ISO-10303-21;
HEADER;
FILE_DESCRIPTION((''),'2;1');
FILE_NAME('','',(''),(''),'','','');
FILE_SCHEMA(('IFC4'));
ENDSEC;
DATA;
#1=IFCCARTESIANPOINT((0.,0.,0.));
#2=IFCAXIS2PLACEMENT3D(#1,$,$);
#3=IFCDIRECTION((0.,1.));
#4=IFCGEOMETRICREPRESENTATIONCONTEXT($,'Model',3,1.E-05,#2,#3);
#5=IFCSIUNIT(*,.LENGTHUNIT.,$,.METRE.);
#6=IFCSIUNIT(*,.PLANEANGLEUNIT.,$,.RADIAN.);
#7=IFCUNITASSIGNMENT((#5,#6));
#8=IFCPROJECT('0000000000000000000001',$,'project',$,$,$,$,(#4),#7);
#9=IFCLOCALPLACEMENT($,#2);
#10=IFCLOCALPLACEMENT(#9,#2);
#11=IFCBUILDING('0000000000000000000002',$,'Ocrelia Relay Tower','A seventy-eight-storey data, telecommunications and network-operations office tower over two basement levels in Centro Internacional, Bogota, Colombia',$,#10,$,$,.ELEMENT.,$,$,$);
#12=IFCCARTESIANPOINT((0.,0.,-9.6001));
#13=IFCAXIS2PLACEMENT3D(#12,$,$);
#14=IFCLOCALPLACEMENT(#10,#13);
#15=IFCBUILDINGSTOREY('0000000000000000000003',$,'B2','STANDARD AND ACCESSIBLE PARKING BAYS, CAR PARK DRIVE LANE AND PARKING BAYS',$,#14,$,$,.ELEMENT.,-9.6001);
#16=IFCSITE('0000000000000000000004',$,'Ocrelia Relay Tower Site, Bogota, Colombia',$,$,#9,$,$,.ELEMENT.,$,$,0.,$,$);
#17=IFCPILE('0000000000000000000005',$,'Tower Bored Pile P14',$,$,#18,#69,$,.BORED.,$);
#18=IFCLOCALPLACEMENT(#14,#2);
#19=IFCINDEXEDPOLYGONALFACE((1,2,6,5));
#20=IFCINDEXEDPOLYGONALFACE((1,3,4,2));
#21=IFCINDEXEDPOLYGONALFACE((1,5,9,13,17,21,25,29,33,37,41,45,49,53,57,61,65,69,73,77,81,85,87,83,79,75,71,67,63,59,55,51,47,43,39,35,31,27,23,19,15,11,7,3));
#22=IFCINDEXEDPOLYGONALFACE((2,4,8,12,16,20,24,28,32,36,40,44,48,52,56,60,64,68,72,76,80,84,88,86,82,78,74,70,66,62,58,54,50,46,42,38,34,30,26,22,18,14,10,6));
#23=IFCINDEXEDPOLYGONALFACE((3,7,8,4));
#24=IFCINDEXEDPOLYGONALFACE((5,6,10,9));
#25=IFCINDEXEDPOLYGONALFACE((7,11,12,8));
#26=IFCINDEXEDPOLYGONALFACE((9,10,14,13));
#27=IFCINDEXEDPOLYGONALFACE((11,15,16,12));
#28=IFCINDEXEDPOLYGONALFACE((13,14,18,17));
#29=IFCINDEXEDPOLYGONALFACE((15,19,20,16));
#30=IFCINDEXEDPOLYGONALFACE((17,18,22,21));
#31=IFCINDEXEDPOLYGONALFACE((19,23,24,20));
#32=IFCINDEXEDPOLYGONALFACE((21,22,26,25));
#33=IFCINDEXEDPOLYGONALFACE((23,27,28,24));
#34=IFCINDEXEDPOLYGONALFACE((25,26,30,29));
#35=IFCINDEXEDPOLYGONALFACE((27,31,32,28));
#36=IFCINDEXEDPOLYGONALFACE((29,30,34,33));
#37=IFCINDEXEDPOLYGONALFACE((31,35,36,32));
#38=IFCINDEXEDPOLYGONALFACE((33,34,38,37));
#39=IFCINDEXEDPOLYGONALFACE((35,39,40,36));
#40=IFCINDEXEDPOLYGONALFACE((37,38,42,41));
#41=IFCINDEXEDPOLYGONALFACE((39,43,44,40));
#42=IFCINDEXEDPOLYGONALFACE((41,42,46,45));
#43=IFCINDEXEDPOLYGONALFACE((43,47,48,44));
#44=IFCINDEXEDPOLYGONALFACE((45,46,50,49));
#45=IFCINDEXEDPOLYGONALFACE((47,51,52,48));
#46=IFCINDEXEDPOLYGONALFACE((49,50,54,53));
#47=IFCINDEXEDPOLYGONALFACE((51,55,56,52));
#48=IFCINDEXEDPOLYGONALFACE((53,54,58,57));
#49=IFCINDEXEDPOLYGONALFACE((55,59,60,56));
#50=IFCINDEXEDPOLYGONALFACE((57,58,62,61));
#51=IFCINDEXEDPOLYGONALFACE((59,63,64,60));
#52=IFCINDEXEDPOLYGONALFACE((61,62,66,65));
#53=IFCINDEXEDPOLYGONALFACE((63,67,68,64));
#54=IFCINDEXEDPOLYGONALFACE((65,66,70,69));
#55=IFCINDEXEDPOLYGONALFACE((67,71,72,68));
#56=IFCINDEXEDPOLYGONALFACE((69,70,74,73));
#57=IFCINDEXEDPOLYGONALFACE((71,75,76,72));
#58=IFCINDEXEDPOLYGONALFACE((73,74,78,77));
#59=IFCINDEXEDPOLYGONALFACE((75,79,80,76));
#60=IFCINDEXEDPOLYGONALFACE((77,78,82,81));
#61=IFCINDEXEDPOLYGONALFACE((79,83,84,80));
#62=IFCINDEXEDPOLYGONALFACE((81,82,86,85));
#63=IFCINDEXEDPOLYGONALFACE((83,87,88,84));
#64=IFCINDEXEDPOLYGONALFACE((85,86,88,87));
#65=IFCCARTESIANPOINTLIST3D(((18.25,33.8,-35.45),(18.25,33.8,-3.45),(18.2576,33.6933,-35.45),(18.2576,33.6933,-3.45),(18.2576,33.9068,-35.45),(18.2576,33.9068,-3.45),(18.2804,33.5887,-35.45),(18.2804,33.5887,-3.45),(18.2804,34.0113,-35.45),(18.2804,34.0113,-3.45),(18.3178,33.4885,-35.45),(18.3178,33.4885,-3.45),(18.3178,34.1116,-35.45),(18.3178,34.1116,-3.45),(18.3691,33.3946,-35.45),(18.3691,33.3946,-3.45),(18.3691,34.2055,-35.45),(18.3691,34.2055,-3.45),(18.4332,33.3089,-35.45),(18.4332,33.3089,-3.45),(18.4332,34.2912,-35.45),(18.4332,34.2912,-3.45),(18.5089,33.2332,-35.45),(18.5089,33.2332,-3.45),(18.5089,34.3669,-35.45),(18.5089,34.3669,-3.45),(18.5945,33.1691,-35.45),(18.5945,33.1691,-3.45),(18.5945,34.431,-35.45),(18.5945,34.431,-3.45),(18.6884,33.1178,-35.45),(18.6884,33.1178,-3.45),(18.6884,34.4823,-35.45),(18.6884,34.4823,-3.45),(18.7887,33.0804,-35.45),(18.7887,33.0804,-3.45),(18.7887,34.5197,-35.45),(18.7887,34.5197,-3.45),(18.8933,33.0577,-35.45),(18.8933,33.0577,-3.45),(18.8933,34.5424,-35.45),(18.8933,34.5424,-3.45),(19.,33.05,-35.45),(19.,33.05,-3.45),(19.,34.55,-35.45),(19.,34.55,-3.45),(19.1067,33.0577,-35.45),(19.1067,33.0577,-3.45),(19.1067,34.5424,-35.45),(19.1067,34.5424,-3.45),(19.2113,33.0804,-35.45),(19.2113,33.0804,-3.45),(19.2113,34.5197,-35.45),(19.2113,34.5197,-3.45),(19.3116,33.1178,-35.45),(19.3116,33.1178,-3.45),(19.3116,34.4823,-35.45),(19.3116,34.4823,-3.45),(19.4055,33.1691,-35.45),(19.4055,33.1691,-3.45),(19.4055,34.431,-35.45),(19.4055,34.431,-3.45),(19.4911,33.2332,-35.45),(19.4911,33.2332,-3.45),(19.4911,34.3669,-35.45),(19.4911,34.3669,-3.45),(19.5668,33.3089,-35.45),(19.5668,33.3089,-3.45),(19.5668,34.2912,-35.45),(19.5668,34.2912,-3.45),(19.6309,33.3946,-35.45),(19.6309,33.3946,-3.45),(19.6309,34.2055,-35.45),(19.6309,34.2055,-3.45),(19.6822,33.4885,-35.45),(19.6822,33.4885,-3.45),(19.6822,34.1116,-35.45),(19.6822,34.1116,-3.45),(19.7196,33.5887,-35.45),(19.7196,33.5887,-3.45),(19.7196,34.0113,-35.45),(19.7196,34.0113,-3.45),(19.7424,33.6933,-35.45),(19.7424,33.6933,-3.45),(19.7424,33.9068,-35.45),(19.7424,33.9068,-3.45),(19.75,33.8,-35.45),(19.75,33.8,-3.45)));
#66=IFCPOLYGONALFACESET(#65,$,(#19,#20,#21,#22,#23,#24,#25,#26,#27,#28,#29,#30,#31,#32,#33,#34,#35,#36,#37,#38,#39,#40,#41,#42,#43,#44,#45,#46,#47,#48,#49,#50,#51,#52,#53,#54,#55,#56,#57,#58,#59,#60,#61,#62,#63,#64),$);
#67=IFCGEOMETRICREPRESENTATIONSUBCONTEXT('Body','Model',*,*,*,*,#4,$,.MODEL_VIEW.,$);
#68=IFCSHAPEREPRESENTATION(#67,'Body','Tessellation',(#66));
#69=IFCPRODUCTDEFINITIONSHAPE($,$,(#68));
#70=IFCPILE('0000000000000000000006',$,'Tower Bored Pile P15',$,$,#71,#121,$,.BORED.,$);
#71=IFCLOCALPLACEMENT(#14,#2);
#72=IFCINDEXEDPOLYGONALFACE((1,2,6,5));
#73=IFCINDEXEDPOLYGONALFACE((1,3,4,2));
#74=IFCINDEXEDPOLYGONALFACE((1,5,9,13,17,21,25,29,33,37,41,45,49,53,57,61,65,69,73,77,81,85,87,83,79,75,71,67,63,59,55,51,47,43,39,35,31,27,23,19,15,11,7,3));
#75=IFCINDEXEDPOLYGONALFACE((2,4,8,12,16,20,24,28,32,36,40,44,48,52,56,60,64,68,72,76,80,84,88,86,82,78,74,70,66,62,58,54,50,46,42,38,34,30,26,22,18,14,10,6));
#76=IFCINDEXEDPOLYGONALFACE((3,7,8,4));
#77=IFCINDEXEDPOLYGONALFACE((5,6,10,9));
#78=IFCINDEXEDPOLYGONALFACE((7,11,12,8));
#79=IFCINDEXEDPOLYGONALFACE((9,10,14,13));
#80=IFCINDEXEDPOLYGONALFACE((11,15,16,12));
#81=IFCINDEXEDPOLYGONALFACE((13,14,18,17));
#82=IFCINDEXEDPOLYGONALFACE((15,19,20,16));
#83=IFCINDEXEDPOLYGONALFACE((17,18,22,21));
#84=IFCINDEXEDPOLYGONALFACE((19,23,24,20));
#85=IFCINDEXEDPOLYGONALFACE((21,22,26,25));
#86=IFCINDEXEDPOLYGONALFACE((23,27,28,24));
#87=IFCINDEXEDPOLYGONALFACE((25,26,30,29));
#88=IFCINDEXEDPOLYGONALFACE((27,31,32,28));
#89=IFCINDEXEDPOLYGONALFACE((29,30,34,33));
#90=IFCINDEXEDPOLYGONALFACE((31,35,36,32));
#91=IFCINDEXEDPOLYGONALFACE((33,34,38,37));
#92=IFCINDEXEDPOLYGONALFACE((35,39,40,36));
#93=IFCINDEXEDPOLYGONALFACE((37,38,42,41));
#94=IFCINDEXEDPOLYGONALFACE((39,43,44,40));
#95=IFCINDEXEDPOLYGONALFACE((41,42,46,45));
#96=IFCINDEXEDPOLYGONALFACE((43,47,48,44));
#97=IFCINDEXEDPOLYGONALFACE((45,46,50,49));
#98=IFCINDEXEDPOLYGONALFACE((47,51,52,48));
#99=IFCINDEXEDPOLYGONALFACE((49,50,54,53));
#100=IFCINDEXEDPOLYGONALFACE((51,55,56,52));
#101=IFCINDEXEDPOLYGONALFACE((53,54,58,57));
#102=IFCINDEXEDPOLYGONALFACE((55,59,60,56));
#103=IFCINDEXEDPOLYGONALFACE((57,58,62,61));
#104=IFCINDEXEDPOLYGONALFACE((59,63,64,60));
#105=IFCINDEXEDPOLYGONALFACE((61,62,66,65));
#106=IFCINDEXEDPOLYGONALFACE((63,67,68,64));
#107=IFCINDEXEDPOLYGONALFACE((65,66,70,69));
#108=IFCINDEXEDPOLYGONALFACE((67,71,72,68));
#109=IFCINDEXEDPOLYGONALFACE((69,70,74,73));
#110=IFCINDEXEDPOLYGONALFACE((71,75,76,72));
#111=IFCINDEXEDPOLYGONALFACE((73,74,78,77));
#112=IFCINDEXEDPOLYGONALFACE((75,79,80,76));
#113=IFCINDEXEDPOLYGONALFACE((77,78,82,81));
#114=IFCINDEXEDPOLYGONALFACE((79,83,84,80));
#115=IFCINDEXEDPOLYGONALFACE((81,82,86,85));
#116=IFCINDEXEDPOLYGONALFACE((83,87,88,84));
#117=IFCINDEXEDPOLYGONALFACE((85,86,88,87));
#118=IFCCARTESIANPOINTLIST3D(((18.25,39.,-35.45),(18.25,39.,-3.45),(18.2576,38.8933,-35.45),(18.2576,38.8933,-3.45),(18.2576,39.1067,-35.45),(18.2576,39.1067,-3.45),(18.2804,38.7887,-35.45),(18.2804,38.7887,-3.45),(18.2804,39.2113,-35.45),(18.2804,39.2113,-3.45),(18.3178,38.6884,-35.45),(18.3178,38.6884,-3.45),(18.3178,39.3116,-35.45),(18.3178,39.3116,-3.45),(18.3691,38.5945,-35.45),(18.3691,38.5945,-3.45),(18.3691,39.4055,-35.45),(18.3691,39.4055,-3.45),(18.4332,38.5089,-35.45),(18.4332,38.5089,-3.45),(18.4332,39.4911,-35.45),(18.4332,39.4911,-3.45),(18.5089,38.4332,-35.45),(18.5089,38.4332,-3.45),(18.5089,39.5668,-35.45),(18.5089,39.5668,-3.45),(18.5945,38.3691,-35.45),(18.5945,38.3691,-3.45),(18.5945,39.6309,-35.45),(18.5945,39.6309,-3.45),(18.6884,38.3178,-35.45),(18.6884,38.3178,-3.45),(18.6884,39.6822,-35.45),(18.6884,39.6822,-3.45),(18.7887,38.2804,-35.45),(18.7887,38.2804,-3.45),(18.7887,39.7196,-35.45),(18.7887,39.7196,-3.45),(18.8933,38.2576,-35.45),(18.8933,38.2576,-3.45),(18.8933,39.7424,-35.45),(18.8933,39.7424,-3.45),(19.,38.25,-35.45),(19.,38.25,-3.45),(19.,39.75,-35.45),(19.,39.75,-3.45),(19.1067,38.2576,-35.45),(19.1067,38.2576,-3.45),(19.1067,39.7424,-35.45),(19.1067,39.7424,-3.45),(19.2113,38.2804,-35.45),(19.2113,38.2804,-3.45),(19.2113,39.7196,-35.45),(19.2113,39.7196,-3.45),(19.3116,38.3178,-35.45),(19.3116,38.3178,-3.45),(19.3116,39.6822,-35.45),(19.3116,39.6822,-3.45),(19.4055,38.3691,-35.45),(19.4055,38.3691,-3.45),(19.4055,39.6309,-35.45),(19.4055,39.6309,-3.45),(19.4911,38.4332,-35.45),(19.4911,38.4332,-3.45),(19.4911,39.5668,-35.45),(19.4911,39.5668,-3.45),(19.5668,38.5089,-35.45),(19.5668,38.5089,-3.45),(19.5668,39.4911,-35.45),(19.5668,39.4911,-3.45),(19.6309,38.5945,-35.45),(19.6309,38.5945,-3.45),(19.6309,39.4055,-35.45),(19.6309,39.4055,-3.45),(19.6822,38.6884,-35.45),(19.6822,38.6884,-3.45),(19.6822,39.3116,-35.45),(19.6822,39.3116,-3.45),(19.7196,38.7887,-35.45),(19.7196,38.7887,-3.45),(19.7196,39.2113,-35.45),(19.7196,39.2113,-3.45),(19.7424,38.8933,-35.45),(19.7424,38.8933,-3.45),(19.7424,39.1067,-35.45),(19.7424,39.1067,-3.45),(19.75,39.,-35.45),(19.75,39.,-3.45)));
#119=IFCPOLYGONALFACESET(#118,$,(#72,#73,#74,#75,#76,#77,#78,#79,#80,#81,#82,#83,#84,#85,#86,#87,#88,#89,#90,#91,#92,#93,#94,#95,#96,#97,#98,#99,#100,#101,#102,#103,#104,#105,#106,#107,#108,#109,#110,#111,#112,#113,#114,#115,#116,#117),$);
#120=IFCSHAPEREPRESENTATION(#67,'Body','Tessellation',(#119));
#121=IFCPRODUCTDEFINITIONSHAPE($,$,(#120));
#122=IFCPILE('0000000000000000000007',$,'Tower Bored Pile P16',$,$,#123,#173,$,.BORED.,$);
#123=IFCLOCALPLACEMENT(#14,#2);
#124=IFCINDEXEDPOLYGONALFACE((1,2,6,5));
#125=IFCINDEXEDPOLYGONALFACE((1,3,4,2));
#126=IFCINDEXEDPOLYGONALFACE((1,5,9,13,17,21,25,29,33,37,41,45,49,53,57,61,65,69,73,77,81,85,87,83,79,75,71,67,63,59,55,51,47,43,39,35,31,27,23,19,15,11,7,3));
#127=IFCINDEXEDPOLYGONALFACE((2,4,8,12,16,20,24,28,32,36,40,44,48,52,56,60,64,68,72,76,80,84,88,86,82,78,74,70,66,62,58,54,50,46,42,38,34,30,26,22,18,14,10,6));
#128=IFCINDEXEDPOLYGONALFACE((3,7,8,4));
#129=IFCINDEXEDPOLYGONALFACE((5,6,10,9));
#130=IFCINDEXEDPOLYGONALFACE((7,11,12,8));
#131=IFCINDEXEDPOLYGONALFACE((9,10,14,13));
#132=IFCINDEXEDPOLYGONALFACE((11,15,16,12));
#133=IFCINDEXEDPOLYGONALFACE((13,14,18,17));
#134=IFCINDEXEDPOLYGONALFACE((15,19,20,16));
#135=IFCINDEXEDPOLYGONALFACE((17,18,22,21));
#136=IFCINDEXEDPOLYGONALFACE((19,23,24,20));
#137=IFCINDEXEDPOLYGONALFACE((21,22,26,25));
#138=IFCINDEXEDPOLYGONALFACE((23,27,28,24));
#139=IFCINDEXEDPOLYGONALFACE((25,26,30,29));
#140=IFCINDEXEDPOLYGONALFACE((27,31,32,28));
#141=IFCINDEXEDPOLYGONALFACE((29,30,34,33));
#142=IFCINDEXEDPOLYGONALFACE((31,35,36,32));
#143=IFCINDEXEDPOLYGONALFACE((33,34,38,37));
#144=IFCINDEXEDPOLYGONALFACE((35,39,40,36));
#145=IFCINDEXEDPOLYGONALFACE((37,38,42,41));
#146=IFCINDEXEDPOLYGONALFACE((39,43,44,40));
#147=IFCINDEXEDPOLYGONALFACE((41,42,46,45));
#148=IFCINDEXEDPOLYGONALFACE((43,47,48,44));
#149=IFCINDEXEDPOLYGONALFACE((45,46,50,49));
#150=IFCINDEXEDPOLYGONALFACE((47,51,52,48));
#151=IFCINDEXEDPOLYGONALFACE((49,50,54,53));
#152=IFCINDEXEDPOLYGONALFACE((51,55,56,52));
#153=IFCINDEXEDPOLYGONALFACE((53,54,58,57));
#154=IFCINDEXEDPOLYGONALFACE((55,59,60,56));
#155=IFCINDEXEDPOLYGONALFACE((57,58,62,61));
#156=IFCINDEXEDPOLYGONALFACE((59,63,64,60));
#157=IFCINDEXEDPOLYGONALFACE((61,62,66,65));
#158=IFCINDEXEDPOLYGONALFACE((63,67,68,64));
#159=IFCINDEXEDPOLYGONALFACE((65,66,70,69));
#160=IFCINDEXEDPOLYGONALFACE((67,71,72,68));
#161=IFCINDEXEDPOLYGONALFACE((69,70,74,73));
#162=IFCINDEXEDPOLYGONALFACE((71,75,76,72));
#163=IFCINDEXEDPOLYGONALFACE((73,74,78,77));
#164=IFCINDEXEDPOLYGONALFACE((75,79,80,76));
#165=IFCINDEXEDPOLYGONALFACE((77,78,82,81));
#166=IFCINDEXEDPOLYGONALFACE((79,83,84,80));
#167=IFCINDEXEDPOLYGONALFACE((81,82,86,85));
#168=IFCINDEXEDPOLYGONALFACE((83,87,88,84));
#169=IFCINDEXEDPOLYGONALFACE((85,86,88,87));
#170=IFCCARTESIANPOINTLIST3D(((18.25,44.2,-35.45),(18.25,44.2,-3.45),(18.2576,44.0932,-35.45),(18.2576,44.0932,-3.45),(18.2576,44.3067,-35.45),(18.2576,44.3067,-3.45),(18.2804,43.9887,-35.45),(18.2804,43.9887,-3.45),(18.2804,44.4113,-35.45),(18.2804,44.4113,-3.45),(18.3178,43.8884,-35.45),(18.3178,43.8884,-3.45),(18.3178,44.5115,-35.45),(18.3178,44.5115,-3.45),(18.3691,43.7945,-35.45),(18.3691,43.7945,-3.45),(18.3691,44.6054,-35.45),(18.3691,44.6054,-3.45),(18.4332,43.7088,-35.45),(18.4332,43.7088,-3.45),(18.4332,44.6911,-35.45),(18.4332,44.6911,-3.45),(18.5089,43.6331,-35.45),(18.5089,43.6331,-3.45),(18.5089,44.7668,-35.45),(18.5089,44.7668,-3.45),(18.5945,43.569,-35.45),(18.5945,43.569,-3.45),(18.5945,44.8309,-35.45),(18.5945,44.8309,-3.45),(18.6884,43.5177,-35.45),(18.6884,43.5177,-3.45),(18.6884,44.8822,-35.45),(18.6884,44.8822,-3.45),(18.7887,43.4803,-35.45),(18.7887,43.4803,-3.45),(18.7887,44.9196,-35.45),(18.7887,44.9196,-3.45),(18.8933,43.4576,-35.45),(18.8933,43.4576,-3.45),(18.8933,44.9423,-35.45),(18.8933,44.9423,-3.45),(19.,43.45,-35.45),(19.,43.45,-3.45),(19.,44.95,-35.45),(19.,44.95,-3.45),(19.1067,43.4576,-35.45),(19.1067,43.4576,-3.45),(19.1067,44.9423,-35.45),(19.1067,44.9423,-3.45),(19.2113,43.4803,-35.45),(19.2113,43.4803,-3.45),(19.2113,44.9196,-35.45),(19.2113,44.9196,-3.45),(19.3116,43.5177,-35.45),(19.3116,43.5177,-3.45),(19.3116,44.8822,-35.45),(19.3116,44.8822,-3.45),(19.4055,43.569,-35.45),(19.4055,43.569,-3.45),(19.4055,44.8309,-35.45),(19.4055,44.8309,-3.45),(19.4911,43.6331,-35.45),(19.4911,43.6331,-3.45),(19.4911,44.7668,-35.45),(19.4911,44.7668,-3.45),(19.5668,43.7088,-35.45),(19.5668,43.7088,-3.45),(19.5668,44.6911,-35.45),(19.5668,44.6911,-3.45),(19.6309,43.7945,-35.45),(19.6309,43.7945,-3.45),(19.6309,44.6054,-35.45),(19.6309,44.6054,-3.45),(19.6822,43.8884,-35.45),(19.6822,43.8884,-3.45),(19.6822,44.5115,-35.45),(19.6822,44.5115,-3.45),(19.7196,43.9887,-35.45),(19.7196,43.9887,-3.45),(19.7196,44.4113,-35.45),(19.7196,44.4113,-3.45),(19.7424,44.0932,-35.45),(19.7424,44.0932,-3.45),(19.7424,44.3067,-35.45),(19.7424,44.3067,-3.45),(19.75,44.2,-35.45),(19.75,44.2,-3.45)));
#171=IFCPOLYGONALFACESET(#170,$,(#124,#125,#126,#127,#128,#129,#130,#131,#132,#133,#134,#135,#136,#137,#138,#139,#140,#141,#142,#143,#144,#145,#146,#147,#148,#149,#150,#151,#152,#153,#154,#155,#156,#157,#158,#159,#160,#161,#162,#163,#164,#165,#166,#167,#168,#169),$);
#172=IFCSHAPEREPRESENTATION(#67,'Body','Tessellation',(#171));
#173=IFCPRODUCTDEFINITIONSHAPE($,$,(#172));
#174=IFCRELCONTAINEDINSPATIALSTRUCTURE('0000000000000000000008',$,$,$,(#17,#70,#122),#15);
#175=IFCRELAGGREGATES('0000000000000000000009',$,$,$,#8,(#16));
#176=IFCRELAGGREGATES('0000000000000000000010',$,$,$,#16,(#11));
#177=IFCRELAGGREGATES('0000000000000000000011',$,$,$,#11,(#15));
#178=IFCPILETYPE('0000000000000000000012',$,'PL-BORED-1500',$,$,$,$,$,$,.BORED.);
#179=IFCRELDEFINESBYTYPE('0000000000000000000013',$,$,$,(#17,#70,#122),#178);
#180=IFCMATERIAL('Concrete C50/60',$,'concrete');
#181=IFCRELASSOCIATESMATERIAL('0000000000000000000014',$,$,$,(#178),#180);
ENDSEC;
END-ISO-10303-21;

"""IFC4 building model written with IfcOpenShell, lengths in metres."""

from ifc_helpers import new_model, si_unit, direction, frame, origin, origin_2d, place, context, subcontext, project, spatial, circle, extrude, material, material_profile, profile_set, type_object, element, save


model = new_model("IFC4")

# Units and contexts
model_context = context("Model", 3, precision=1e-05, world=origin(), true_north=direction((0.0, 1.0)))
body_context = subcontext(model_context, "Body", "Model", "MODEL_VIEW")
ifc_project = project(units=[si_unit("LENGTHUNIT", "METRE"), si_unit("PLANEANGLEUNIT", "RADIAN")], contexts=[model_context])

# Site, building, storey
site_placement = place(None, origin())
site = spatial("IfcSite", under=ifc_project, at=site_placement, Name="Ocrelia Relay Tower Site, Bogota, Colombia", CompositionType="ELEMENT", RefElevation=0.0)
building_placement = place(site_placement, origin())
building = spatial("IfcBuilding", under=site, at=building_placement, Name="Ocrelia Relay Tower", Description="A seventy-eight-storey data, telecommunications and network-operations office tower over two basement levels in Centro Internacional, Bogota, Colombia", CompositionType="ELEMENT")
storey_placement = place(building_placement, frame((0.0, 0.0, -9.6001)))
storey = spatial("IfcBuildingStorey", under=building, at=storey_placement, Name="B2", Description="STANDARD AND ACCESSIBLE PARKING BAYS, CAR PARK DRIVE LANE AND PARKING BAYS", CompositionType="ELEMENT", Elevation=-9.6001)

# Piles
ifc_material_1 = material(Name="Concrete C50/60", Category="concrete")
ifc_material_profile_1 = material_profile(ifc_material_1, circle(Radius=0.75, at=origin_2d()), Name="PILE-1500")
ifc_profile_set_1 = profile_set([ifc_material_profile_1], Name="Concrete C50/60")
pile_type = type_object("IfcPileType", Name="PL-BORED-1500", PredefinedType="BORED", material=ifc_profile_set_1)
for number, where, z_axis, x_axis, name in (
    (1, (19.0, 33.8, -3.45), (0.0, 0.0, -1.0), (1.0, 0.0, 0.0), "Tower Bored Pile P14"),
    (2, (19.0, 39.0, -3.45), (0.0, 0.0, -1.0), (1.0, 0.0, 0.0), "Tower Bored Pile P15"),
    (3, (19.0, 44.2, -3.45), (0.0, 0.0, -1.0), (1.0, 0.0, 0.0), "Tower Bored Pile P16"),
):
    element("IfcPile", number, at=place(storey_placement, frame(where, z_axis=z_axis, x_axis=x_axis)), inside=storey, type_object=pile_type, Name=name, PredefinedType="BORED", context=body_context, shape_type="SweptSolid", body=[
        extrude(circle(Radius=0.75, at=origin_2d()), origin(), (0.0, 0.0, 1.0), 32.0),
    ])

save(model, "model.ifc")
